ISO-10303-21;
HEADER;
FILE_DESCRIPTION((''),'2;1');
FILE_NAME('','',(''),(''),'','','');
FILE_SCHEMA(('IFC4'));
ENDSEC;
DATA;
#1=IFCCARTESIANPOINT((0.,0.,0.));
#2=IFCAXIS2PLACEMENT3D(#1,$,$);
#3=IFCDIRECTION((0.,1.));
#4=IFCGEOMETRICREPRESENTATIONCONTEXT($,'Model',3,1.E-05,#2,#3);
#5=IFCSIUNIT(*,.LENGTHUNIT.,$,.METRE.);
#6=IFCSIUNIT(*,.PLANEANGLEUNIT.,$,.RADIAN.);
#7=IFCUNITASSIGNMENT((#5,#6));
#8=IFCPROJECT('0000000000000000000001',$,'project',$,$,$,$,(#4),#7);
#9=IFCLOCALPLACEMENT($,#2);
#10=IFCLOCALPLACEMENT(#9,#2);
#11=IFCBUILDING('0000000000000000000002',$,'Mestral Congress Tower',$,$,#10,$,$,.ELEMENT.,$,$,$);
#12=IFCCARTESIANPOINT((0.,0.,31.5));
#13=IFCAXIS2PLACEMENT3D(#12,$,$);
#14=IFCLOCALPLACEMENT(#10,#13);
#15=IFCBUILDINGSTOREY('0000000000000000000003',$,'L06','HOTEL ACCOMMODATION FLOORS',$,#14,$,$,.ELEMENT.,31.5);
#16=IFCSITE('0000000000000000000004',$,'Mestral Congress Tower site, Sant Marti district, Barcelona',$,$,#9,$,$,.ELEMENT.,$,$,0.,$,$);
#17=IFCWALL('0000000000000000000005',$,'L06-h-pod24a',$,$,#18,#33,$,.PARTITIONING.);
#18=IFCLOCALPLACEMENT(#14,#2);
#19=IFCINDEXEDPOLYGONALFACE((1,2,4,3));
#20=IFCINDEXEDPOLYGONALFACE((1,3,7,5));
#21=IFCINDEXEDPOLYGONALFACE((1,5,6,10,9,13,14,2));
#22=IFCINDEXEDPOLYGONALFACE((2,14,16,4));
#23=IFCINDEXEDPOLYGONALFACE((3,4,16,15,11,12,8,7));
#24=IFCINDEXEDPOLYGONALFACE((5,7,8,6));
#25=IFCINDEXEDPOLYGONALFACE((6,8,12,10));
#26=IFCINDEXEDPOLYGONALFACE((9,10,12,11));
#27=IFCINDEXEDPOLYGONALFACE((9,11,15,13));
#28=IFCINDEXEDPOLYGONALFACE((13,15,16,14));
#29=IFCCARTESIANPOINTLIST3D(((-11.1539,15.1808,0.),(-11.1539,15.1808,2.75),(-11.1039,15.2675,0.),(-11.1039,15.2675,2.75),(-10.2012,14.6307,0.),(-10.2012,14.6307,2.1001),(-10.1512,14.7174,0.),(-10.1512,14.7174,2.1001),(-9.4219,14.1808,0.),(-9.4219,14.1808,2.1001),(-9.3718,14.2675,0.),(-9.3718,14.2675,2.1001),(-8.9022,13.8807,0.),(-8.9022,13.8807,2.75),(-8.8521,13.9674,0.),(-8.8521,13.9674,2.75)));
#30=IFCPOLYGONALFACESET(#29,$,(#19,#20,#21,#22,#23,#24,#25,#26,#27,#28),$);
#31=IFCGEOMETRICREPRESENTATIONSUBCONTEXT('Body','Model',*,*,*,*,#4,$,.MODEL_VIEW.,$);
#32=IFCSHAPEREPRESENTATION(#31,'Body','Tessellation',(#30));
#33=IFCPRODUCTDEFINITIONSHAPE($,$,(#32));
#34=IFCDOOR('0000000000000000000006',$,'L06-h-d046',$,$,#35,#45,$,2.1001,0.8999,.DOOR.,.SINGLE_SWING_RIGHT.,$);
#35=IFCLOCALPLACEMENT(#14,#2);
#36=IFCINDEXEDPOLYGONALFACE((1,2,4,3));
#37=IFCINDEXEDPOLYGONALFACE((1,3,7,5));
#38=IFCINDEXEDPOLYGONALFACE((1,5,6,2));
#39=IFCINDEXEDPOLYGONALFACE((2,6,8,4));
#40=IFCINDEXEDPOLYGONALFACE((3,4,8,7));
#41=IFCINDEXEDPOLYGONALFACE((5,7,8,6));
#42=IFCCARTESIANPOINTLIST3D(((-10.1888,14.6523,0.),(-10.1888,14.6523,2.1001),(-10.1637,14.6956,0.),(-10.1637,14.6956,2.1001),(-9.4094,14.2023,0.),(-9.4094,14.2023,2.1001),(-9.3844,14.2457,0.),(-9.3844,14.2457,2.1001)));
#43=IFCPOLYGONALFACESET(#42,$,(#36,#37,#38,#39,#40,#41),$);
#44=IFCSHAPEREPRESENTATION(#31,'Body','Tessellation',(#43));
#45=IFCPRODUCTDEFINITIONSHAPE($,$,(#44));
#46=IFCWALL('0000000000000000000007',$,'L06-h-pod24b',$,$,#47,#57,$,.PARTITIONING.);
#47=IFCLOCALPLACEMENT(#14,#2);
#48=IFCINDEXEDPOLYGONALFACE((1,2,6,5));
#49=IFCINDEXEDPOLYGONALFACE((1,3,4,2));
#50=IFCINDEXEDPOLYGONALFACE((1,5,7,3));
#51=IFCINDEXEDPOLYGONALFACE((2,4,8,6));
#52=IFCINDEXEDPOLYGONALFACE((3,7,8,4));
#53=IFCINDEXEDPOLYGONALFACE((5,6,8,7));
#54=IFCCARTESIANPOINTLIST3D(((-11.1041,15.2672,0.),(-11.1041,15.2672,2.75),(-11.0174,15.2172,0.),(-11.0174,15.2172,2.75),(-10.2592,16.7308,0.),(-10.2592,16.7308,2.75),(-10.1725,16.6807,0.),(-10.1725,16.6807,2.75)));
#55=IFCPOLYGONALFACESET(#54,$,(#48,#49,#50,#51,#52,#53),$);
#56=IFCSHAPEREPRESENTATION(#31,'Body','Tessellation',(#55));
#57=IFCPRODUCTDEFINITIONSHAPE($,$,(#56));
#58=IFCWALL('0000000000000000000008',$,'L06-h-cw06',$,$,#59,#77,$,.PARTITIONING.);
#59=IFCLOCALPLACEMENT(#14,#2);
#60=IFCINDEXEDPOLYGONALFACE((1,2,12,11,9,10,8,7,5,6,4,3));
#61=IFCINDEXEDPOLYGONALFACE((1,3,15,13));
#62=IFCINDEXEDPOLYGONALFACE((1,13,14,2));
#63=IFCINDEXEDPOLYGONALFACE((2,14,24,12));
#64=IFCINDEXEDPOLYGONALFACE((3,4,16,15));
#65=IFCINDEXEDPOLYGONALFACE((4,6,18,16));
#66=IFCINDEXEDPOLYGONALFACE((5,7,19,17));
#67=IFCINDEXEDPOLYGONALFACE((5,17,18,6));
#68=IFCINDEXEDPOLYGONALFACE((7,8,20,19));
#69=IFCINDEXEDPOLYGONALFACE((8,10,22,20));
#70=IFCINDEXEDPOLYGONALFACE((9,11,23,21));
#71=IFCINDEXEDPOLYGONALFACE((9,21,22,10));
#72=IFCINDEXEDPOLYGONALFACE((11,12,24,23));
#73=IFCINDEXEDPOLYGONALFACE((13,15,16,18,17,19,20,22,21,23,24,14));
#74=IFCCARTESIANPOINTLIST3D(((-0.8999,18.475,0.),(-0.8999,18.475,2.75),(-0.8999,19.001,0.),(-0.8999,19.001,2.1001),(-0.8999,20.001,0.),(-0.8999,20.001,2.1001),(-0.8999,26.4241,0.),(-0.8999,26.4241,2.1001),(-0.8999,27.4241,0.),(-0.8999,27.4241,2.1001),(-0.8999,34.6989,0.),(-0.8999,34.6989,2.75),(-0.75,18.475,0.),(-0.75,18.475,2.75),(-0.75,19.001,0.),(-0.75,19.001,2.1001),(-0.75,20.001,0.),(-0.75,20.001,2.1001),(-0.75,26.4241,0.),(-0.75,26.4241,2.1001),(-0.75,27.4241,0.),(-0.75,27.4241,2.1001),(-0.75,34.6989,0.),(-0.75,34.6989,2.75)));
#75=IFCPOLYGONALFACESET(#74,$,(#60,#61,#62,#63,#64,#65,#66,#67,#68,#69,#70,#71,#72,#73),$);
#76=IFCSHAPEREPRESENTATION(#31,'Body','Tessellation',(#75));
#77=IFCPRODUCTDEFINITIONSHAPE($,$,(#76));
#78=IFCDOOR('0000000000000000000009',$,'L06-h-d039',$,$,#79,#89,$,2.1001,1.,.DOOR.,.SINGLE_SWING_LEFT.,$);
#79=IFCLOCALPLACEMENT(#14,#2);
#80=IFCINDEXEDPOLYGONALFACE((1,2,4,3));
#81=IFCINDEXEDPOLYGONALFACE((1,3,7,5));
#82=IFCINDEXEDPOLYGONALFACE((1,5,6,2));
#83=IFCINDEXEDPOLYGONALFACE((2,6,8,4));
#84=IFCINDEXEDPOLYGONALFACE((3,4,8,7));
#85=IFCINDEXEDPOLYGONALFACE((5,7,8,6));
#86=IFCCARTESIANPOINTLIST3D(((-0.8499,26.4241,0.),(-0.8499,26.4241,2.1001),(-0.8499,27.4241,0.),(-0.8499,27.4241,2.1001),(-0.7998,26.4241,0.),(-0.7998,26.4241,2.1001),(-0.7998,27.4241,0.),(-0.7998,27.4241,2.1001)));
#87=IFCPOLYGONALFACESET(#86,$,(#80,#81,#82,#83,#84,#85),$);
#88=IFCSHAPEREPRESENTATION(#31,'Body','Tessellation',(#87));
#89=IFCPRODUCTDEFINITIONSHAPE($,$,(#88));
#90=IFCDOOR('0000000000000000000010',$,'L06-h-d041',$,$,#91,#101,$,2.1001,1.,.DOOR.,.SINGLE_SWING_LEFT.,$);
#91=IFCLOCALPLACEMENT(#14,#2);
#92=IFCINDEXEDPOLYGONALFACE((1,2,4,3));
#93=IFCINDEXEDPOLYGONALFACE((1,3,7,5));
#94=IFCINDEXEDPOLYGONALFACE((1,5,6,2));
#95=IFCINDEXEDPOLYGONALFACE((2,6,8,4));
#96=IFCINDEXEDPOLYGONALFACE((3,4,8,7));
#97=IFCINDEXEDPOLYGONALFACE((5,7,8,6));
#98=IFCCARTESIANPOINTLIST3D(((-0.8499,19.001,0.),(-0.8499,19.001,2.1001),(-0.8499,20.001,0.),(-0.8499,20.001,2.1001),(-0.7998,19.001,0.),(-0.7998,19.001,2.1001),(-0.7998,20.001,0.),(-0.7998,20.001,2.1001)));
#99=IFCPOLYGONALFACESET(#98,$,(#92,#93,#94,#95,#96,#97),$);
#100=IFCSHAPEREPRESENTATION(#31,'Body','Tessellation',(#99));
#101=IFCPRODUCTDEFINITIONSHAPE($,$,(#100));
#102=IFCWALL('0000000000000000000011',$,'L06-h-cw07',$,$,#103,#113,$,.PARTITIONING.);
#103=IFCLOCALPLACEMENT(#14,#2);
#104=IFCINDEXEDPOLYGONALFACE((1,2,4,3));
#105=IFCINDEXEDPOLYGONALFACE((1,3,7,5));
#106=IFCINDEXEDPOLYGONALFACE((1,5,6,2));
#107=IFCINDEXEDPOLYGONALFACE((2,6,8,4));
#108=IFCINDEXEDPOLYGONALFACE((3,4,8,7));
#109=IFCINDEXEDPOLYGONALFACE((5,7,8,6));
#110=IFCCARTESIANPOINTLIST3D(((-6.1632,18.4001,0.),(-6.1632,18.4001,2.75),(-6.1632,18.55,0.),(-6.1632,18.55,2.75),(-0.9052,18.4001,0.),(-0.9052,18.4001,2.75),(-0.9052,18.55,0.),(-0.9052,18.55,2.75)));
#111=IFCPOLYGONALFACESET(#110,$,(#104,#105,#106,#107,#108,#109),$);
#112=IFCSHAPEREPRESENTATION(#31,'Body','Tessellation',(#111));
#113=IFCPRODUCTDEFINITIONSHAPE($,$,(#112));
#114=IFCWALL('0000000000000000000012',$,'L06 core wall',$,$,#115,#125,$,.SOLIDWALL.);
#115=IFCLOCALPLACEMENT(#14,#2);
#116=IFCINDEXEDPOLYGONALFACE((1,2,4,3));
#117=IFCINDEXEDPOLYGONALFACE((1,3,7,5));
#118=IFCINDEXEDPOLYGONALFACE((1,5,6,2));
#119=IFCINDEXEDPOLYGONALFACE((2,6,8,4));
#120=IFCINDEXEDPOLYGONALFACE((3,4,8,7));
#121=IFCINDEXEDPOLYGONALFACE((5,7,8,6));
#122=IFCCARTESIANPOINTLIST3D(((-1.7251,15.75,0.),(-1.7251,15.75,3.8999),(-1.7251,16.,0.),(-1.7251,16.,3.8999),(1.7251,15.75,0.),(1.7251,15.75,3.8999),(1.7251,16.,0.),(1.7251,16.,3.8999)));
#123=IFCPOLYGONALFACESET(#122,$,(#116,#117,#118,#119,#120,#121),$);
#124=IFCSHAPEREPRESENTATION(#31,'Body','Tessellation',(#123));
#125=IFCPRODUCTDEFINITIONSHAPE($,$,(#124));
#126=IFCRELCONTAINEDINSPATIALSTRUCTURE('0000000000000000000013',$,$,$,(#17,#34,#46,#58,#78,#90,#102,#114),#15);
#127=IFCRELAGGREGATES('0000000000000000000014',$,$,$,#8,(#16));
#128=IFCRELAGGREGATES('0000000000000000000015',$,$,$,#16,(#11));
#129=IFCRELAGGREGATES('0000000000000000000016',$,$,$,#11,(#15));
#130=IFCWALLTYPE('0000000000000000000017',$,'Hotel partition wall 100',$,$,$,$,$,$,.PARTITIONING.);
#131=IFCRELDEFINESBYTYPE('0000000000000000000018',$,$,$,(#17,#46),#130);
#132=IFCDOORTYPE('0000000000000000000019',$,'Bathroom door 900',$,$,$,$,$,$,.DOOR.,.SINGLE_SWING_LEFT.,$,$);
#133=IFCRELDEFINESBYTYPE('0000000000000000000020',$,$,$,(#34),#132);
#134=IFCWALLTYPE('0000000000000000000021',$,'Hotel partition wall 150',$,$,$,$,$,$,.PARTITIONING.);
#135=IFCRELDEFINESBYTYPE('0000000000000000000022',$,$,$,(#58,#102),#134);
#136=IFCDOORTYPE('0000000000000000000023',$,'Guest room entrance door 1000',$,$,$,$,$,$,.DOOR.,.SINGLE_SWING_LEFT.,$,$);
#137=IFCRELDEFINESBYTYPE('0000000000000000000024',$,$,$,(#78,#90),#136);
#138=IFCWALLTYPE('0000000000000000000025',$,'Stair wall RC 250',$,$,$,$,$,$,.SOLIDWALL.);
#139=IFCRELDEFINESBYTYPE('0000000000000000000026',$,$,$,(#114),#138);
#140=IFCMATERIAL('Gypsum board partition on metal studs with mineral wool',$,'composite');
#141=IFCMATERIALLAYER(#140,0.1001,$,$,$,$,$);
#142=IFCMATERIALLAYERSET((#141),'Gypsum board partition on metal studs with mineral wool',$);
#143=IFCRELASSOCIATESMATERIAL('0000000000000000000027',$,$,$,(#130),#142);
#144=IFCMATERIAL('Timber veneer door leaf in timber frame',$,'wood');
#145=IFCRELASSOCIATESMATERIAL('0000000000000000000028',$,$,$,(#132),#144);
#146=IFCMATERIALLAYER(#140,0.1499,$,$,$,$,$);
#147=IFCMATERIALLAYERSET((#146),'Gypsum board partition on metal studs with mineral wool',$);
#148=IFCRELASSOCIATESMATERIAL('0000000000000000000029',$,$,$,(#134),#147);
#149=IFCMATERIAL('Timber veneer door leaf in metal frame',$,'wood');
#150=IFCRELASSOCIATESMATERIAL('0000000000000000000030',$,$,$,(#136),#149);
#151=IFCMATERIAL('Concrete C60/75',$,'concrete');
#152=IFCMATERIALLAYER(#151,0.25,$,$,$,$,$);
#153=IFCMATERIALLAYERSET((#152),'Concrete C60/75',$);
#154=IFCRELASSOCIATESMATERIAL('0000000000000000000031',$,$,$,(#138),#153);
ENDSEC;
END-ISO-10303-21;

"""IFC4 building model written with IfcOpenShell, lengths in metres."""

from ifc_helpers import new_model, si_unit, direction, frame, frame_2d, origin, place, context, subcontext, project, spatial, rectangle, extrude, material, layer, layer_set, type_object, element, fill, save


model = new_model("IFC4")

# Units and contexts
model_context = context("Model", 3, precision=1e-05, world=origin(), true_north=direction((0.0, 1.0)))
body_context = subcontext(model_context, "Body", "Model", "MODEL_VIEW")
ifc_project = project(units=[si_unit("LENGTHUNIT", "METRE"), si_unit("PLANEANGLEUNIT", "RADIAN")], contexts=[model_context])

# Site, building, storey
site_placement = place(None, origin())
site = spatial("IfcSite", under=ifc_project, at=site_placement, Name="Mestral Congress Tower site, Sant Marti district, Barcelona", CompositionType="ELEMENT", RefElevation=0.0)
building_placement = place(site_placement, origin())
building = spatial("IfcBuilding", under=site, at=building_placement, Name="Mestral Congress Tower", CompositionType="ELEMENT")
storey_placement = place(building_placement, frame((0.0, 0.0, 31.5)))
storey = spatial("IfcBuildingStorey", under=building, at=storey_placement, Name="L06", Description="HOTEL ACCOMMODATION FLOORS", CompositionType="ELEMENT", Elevation=31.5)

# Shared definitions
ifc_material_1 = material(Name="Concrete C60/75", Category="concrete")

# Shared definitions
ifc_material_2 = material(Name="Gypsum board partition on metal studs with mineral wool", Category="composite")
ifc_layer_1 = layer(ifc_material_2, 0.1001)
ifc_layer_set_1 = layer_set([ifc_layer_1], Name="Gypsum board partition on metal studs with mineral wool")
wall_type_1 = type_object("IfcWallType", Name="Hotel partition wall 100", PredefinedType="PARTITIONING", material=ifc_layer_set_1)
ifc_material_3 = material(Name="Timber veneer door leaf in timber frame", Category="wood")
door_type_1 = type_object("IfcDoorType", Name="Bathroom door 900", OperationType="SINGLE_SWING_LEFT", PredefinedType="DOOR", material=ifc_material_3)

# Wall, opening, door
wall_1_placement = place(storey_placement, frame((-11.1289, 15.2241, 0.0), z_axis=(0.0, 0.0, 1.0), x_axis=(0.866021, -0.500007, 0.0)))
wall_1 = element("IfcWall", 1, at=wall_1_placement, inside=storey, type_object=wall_type_1, Name="L06-h-pod24a", PredefinedType="PARTITIONING", context=body_context, shape_type="SweptSolid", body=[
    extrude(rectangle(XDim=2.6001, YDim=0.1001, at=frame_2d((1.3, 0.0))), origin(), (0.0, 0.0, 1.0), 2.75),
])
opening_1_placement = place(wall_1_placement, frame((1.1001, 0.0, 0.0)))
opening_1 = element("IfcOpeningElement", 2, at=opening_1_placement, cuts=wall_1, PredefinedType="OPENING", context=body_context, shape_type="SweptSolid", body=[
    extrude(rectangle(XDim=0.8999, YDim=2.1001, at=frame_2d((0.45, 1.05))), frame((0.0, 0.0601, 0.0), z_axis=(0.0, -1.0, 0.0), x_axis=(1.0, 0.0, 0.0)), (0.0, 0.0, 1.0), 0.1201),
])
door_1_placement = place(opening_1_placement, origin())
door_1 = element("IfcDoor", 3, at=door_1_placement, inside=storey, type_object=door_type_1, Name="L06-h-d046", OperationType="SINGLE_SWING_RIGHT", OverallHeight=2.1001, OverallWidth=0.8999, PredefinedType="DOOR", context=body_context, shape_type="SweptSolid", body=[
    extrude(rectangle(XDim=0.8999, YDim=2.1001, at=frame_2d((0.45, 1.05))), frame((0.0, 0.0249, 0.0), z_axis=(0.0, -1.0, 0.0), x_axis=(1.0, 0.0, 0.0)), (0.0, 0.0, 1.0), 0.05),
])
fill(opening_1, door_1)

# Wall
wall_2_placement = place(storey_placement, frame((-11.0608, 15.2422, 0.0), z_axis=(0.0, 0.0, 1.0), x_axis=(0.499977, 0.866039, 0.0)))
element("IfcWall", 4, at=wall_2_placement, inside=storey, type_object=wall_type_1, Name="L06-h-pod24b", PredefinedType="PARTITIONING", context=body_context, shape_type="SweptSolid", body=[
    extrude(rectangle(XDim=1.6899, YDim=0.1001, at=frame_2d((0.845, 0.0))), origin(), (0.0, 0.0, 1.0), 2.75),
])

# Wall, openings, doors
ifc_layer_2 = layer(ifc_material_2, 0.1499)
ifc_layer_set_2 = layer_set([ifc_layer_2], Name="Gypsum board partition on metal studs with mineral wool")
wall_type_2 = type_object("IfcWallType", Name="Hotel partition wall 150", PredefinedType="PARTITIONING", material=ifc_layer_set_2)
wall_3_placement = place(storey_placement, frame((-0.825, 18.4751, 0.0), z_axis=(0.0, 0.0, 1.0), x_axis=(0.0, 1.0, 0.0)))
wall_3 = element("IfcWall", 5, at=wall_3_placement, inside=storey, type_object=wall_type_2, Name="L06-h-cw06", PredefinedType="PARTITIONING", context=body_context, shape_type="SweptSolid", body=[
    extrude(rectangle(XDim=16.2239, YDim=0.1499, at=frame_2d((8.1118, 0.0))), origin(), (0.0, 0.0, 1.0), 2.75),
])
opening_2_placement = place(wall_3_placement, frame((7.949, 0.0, 0.0)))
opening_2 = element("IfcOpeningElement", 6, at=opening_2_placement, cuts=wall_3, PredefinedType="OPENING", context=body_context, shape_type="SweptSolid", body=[
    extrude(rectangle(XDim=1.0, YDim=2.1001, at=frame_2d((0.5, 1.05))), frame((0.0, 0.085, 0.0), z_axis=(0.0, -1.0, 0.0), x_axis=(1.0, 0.0, 0.0)), (0.0, 0.0, 1.0), 0.1699),
])
opening_3_placement = place(wall_3_placement, frame((0.5259, 0.0, 0.0)))
opening_3 = element("IfcOpeningElement", 7, at=opening_3_placement, cuts=wall_3, PredefinedType="OPENING", context=body_context, shape_type="SweptSolid", body=[
    extrude(rectangle(XDim=1.0, YDim=2.1001, at=frame_2d((0.5, 1.05))), frame((0.0, 0.085, 0.0), z_axis=(0.0, -1.0, 0.0), x_axis=(1.0, 0.0, 0.0)), (0.0, 0.0, 1.0), 0.1699),
])
ifc_material_4 = material(Name="Timber veneer door leaf in metal frame", Category="wood")
door_type_2 = type_object("IfcDoorType", Name="Guest room entrance door 1000", OperationType="SINGLE_SWING_LEFT", PredefinedType="DOOR", material=ifc_material_4)
door_2_placement = place(opening_2_placement, origin())
door_2 = element("IfcDoor", 8, at=door_2_placement, inside=storey, type_object=door_type_2, Name="L06-h-d039", OperationType="SINGLE_SWING_LEFT", OverallHeight=2.1001, OverallWidth=1.0, PredefinedType="DOOR", context=body_context, shape_type="SweptSolid", body=[
    extrude(rectangle(XDim=1.0, YDim=2.1001, at=frame_2d((0.5, 1.05))), frame((0.0, 0.0249, 0.0), z_axis=(0.0, -1.0, 0.0), x_axis=(1.0, 0.0, 0.0)), (0.0, 0.0, 1.0), 0.05),
])
fill(opening_2, door_2)
door_3_placement = place(opening_3_placement, origin())
door_3 = element("IfcDoor", 9, at=door_3_placement, inside=storey, type_object=door_type_2, Name="L06-h-d041", OperationType="SINGLE_SWING_LEFT", OverallHeight=2.1001, OverallWidth=1.0, PredefinedType="DOOR", context=body_context, shape_type="SweptSolid", body=[
    extrude(rectangle(XDim=1.0, YDim=2.1001, at=frame_2d((0.5, 1.05))), frame((0.0, 0.0249, 0.0), z_axis=(0.0, -1.0, 0.0), x_axis=(1.0, 0.0, 0.0)), (0.0, 0.0, 1.0), 0.05),
])
fill(opening_3, door_3)

# Walls
wall_4_placement = place(storey_placement, frame((-6.1631, 18.4751, 0.0), z_axis=(0.0, 0.0, 1.0), x_axis=(1.0, 0.0, 0.0)))
element("IfcWall", 10, at=wall_4_placement, inside=storey, type_object=wall_type_2, Name="L06-h-cw07", PredefinedType="PARTITIONING", context=body_context, shape_type="SweptSolid", body=[
    extrude(rectangle(XDim=5.2581, YDim=0.1499, at=frame_2d((2.6289, 0.0))), origin(), (0.0, 0.0, 1.0), 2.75),
])
ifc_layer_3 = layer(ifc_material_1, 0.25)
ifc_layer_set_3 = layer_set([ifc_layer_3], Name="Concrete C60/75")
wall_type_3 = type_object("IfcWallType", Name="Stair wall RC 250", PredefinedType="SOLIDWALL", material=ifc_layer_set_3)
wall_5_placement = place(storey_placement, frame((-1.7251, 15.875, 0.0), z_axis=(0.0, 0.0, 1.0), x_axis=(1.0, 0.0, 0.0)))
element("IfcWall", 11, at=wall_5_placement, inside=storey, type_object=wall_type_3, Name="L06 core wall", PredefinedType="SOLIDWALL", context=body_context, shape_type="SweptSolid", body=[
    extrude(rectangle(XDim=3.4502, YDim=0.25, at=frame_2d((1.7251, 0.0))), origin(), (0.0, 0.0, 1.0), 3.8999),
])

save(model, "model.ifc")
